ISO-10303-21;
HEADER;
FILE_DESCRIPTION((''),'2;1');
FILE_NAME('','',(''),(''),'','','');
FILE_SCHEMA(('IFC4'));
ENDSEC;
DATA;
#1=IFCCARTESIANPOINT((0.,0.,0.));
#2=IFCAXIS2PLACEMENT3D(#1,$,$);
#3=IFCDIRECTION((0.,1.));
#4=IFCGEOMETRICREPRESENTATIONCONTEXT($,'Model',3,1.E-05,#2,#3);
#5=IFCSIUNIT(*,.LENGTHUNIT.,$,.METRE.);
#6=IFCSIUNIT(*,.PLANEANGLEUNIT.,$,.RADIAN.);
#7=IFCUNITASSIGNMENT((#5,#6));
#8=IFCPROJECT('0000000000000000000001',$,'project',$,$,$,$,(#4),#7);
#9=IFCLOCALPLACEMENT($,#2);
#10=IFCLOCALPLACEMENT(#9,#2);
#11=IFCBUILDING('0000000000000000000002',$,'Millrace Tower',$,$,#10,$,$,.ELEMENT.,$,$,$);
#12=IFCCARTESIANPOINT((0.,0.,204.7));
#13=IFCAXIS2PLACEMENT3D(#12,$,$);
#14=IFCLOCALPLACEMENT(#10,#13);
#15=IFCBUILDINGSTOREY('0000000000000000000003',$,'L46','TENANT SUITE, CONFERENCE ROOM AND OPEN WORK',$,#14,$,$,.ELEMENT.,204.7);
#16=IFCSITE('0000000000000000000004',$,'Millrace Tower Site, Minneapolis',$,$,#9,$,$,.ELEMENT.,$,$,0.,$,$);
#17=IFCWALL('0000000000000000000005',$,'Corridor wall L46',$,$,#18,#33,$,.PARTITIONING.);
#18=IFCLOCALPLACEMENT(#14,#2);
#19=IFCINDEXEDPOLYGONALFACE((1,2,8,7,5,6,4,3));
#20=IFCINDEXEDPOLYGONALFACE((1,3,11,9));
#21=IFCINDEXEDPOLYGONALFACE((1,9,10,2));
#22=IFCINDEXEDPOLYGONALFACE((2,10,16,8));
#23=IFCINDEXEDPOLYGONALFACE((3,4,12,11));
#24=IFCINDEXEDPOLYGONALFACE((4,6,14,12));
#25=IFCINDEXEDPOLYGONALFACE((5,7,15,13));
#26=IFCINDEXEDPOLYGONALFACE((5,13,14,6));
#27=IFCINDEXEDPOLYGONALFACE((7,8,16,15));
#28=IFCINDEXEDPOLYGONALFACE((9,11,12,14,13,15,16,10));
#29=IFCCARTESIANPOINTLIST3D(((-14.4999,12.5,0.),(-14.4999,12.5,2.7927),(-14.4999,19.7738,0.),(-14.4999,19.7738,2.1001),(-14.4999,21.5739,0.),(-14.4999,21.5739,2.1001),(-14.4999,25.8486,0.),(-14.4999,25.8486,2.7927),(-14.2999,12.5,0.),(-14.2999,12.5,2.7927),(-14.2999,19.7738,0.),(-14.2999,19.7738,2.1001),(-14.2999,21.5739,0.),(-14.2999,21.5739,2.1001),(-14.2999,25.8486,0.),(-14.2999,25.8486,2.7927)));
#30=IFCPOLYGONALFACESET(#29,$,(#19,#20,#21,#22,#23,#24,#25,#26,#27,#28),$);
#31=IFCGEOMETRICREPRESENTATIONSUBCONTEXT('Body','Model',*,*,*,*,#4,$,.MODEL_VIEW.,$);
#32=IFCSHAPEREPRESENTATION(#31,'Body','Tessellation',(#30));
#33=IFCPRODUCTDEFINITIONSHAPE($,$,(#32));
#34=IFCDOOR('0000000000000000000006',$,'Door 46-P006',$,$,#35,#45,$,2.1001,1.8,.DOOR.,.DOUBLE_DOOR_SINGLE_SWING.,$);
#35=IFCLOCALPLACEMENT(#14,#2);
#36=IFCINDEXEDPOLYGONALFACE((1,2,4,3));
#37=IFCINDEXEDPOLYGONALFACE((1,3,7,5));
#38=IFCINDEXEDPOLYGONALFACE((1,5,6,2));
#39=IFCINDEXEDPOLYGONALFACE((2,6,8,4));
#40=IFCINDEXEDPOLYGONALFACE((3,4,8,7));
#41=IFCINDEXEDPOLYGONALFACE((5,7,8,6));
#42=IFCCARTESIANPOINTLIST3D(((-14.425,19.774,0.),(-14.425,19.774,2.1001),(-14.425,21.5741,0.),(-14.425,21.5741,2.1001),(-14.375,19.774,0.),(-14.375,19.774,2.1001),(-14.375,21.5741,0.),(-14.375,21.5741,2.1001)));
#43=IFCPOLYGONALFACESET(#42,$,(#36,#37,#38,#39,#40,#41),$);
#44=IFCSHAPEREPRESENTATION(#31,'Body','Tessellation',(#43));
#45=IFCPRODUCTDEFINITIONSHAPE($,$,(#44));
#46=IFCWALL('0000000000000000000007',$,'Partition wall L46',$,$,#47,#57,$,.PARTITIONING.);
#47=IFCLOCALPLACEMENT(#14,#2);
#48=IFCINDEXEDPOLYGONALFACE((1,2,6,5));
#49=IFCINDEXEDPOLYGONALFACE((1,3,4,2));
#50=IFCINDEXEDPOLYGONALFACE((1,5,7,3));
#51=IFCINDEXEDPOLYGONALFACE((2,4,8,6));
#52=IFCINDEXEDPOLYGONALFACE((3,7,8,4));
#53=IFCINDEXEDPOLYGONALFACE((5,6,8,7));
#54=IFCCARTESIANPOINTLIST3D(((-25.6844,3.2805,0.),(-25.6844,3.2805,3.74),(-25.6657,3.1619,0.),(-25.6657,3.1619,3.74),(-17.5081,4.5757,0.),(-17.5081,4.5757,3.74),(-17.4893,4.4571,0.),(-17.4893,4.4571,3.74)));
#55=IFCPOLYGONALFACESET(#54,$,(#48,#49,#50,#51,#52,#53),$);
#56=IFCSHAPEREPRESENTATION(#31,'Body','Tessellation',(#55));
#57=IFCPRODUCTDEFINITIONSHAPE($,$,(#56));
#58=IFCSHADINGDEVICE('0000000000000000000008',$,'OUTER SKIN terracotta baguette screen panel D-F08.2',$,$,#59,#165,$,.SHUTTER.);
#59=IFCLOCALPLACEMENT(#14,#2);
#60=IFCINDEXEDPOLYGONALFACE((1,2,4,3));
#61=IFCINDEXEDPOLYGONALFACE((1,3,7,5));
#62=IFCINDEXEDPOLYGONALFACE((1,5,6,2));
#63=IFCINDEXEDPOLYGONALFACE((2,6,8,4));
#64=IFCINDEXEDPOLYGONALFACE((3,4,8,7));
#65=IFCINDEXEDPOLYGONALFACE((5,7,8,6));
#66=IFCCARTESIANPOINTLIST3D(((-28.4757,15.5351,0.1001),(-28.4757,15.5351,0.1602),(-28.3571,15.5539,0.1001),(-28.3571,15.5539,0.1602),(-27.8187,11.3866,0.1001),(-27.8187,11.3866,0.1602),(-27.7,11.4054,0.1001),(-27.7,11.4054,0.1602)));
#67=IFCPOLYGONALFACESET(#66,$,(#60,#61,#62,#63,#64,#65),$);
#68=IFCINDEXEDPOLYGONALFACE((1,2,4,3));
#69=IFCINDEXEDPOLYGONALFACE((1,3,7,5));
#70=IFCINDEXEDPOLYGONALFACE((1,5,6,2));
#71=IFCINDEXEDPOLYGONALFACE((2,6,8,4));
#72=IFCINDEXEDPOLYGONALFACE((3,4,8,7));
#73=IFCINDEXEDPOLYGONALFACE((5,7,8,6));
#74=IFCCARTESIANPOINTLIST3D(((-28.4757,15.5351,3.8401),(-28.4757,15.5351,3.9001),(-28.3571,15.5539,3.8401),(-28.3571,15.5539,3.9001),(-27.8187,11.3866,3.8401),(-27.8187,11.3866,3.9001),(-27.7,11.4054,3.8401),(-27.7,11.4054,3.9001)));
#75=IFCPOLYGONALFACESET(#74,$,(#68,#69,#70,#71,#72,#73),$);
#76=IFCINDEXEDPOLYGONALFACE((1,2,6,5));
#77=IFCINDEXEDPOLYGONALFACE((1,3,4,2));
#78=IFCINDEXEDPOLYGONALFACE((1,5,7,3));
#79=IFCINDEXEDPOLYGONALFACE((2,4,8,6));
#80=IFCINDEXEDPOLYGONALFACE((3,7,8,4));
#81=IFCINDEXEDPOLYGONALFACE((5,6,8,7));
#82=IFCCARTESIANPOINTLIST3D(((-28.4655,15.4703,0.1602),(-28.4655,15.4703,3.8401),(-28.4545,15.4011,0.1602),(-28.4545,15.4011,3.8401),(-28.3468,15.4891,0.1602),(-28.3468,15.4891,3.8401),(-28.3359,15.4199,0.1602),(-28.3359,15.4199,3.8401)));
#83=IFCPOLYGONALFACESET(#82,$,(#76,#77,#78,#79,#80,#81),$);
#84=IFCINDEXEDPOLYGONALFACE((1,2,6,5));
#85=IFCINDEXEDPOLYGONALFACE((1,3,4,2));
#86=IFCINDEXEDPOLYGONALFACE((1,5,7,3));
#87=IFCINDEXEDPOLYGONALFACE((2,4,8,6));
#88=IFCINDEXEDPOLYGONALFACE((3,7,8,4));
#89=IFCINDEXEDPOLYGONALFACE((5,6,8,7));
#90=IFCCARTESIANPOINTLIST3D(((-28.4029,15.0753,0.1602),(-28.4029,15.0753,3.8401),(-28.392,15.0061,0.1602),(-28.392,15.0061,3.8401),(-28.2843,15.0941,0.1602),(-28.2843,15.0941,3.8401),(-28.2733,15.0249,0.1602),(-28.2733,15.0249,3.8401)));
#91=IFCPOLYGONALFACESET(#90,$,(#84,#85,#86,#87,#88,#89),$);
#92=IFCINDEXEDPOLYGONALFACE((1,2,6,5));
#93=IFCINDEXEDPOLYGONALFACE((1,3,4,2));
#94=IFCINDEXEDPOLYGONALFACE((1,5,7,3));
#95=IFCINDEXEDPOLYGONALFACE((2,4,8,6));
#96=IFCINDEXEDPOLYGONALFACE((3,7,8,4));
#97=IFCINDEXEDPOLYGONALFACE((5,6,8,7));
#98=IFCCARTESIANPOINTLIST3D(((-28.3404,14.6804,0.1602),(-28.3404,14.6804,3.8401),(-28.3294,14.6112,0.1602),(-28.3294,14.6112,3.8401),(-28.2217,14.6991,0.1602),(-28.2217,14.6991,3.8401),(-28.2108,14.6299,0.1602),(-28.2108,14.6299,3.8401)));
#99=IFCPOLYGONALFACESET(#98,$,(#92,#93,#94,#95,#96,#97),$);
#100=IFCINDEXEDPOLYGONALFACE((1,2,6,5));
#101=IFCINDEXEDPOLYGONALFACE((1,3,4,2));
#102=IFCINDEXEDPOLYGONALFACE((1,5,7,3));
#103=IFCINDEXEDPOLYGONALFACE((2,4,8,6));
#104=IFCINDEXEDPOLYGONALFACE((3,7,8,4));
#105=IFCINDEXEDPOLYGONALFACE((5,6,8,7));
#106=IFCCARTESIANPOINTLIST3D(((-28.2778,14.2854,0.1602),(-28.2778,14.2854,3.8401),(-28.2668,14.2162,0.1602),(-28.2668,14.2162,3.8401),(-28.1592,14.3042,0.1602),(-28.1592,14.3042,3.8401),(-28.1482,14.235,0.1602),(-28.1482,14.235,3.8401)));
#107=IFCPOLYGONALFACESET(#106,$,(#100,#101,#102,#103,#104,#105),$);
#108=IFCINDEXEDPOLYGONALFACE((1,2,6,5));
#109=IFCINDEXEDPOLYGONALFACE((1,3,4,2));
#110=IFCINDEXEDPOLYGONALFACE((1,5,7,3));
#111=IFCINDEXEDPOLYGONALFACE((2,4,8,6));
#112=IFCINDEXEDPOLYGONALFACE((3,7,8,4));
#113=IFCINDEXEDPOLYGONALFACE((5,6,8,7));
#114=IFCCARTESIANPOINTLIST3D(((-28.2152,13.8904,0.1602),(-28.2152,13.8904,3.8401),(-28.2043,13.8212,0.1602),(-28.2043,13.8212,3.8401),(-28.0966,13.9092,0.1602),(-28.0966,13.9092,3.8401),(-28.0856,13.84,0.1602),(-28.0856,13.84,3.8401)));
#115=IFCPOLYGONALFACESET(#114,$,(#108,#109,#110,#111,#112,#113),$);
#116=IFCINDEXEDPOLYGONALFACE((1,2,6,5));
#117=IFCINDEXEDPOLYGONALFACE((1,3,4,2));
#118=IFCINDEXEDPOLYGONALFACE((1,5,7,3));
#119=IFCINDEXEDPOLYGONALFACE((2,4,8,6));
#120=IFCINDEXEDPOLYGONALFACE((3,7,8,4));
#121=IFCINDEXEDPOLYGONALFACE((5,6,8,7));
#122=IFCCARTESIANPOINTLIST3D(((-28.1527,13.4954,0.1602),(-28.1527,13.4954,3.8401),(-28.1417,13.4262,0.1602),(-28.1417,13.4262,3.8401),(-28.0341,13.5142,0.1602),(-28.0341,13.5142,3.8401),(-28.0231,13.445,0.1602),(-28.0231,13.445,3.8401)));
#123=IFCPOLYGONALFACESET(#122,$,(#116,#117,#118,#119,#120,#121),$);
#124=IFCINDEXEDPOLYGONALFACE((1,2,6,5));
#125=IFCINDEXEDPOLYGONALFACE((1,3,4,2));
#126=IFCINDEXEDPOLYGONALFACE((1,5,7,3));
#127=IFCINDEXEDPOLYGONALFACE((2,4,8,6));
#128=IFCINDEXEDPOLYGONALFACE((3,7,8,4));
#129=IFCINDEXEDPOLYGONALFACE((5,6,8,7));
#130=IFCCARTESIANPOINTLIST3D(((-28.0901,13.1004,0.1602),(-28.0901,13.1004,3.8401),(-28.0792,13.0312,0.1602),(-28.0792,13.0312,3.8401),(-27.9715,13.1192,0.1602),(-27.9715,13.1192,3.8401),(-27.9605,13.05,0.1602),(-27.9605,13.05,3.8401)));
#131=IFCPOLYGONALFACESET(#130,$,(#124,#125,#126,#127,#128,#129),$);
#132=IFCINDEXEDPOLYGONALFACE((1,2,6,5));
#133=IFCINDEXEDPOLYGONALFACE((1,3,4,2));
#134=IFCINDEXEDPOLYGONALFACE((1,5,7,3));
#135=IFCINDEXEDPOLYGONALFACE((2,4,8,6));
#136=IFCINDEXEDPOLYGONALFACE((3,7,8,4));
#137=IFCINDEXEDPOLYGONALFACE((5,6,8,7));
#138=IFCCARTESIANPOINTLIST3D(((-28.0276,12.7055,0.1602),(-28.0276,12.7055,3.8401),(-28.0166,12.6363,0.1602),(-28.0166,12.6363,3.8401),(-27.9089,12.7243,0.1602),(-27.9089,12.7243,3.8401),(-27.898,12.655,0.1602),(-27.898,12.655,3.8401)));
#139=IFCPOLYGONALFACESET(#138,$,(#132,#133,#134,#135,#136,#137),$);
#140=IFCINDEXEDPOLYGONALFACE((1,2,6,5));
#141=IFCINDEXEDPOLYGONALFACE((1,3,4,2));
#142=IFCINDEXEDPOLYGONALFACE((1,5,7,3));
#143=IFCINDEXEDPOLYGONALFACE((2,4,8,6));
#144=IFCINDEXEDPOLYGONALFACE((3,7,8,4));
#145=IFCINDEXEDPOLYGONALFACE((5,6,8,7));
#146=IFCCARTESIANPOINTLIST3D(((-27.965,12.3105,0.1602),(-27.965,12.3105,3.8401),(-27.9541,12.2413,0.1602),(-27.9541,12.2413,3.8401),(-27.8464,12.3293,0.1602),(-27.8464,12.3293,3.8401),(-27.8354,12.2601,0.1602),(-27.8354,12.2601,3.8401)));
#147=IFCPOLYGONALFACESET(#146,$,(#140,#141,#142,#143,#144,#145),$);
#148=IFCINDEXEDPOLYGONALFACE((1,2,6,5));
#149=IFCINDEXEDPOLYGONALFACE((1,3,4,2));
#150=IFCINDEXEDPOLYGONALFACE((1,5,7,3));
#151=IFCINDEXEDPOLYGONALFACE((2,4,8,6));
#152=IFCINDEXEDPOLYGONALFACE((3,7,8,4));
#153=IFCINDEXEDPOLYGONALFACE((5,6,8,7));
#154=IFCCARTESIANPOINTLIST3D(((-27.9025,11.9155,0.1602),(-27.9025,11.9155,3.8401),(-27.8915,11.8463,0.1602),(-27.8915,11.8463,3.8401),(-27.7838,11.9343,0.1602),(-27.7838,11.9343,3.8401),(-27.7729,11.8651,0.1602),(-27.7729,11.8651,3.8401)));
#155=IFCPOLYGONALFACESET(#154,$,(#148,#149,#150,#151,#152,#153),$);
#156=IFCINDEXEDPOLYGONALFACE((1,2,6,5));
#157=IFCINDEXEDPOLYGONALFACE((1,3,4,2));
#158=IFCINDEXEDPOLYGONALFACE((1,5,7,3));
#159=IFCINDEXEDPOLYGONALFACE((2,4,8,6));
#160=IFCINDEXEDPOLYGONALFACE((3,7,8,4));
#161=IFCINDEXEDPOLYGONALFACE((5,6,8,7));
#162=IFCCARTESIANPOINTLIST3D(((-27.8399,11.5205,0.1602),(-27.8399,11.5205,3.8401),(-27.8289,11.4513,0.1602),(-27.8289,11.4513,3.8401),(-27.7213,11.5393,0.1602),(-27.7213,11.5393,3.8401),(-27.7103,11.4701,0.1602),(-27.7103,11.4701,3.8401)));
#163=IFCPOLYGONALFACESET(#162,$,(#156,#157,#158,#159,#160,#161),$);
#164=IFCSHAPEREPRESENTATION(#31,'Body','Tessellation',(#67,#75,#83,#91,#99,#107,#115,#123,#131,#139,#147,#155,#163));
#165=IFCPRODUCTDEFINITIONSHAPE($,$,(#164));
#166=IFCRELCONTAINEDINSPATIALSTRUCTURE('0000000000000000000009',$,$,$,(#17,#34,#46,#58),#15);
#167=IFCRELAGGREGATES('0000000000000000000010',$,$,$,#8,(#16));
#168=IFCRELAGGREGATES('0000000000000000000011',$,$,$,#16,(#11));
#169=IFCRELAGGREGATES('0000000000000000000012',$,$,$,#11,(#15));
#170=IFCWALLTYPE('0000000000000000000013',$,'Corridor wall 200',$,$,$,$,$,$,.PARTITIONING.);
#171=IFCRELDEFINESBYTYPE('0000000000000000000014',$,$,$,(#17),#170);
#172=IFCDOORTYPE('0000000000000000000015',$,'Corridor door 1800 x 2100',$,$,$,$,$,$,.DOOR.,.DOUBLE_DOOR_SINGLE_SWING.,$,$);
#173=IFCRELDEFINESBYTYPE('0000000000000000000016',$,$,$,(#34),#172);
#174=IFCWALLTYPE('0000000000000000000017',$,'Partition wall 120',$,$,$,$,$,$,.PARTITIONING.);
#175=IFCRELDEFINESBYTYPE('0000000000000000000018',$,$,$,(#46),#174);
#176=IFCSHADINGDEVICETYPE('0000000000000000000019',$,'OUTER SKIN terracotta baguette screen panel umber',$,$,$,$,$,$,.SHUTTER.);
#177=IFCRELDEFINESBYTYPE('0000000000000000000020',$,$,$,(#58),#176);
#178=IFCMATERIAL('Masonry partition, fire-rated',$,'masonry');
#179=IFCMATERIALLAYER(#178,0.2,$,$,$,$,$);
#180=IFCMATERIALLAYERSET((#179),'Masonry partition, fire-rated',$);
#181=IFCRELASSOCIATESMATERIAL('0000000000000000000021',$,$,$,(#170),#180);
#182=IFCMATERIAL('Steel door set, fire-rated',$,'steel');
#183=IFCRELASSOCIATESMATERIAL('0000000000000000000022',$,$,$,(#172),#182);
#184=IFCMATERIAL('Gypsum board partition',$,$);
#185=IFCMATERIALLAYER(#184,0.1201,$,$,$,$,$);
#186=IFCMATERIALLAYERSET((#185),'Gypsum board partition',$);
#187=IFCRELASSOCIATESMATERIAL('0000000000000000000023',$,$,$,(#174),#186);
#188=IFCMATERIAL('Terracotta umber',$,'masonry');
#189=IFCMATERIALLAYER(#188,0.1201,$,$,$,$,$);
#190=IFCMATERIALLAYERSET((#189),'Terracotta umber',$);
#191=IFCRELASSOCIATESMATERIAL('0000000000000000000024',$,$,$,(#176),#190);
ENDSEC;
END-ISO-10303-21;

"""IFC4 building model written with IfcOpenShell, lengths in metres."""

from ifc_helpers import new_model, entity, si_unit, direction, frame, frame_2d, origin, origin_2d, place, context, subcontext, project, spatial, rectangle, extrude, source, transform, mapped, material, layer, layer_set, type_object, element, fill, save


model = new_model("IFC4")

# Units and contexts
model_context = context("Model", 3, precision=1e-05, world=origin(), true_north=direction((0.0, 1.0)))
body_context = subcontext(model_context, "Body", "Model", "MODEL_VIEW")
ifc_project = project(units=[si_unit("LENGTHUNIT", "METRE"), si_unit("PLANEANGLEUNIT", "RADIAN")], contexts=[model_context])

# Site, building, storey
site_placement = place(None, origin())
site = spatial("IfcSite", under=ifc_project, at=site_placement, Name="Millrace Tower Site, Minneapolis", CompositionType="ELEMENT", RefElevation=0.0)
building_placement = place(site_placement, origin())
building = spatial("IfcBuilding", under=site, at=building_placement, Name="Millrace Tower", CompositionType="ELEMENT")
storey_placement = place(building_placement, frame((0.0, 0.0, 204.7)))
storey = spatial("IfcBuildingStorey", under=building, at=storey_placement, Name="L46", Description="TENANT SUITE, CONFERENCE ROOM AND OPEN WORK", CompositionType="ELEMENT", Elevation=204.7)

# Shared definitions
ifc_material_1 = material(Name="Masonry partition, fire-rated", Category="masonry")
ifc_layer_1 = layer(ifc_material_1, 0.2)
ifc_layer_set_1 = layer_set([ifc_layer_1], Name="Masonry partition, fire-rated")
wall_type_1 = type_object("IfcWallType", Name="Corridor wall 200", PredefinedType="PARTITIONING", material=ifc_layer_set_1)
ifc_material_2 = material(Name="Steel door set, fire-rated", Category="steel")
door_type_1 = type_object("IfcDoorType", Name="Corridor door 1800 x 2100", OperationType="DOUBLE_DOOR_SINGLE_SWING", PredefinedType="DOOR", material=ifc_material_2)

# Wall, opening, door
wall_1_placement = place(storey_placement, frame((-14.3999, 12.5, 0.0), z_axis=(0.0, 0.0, 1.0), x_axis=(0.0, 1.0, 0.0)))
wall_1 = element("IfcWall", 1, at=wall_1_placement, inside=storey, type_object=wall_type_1, Name="Corridor wall L46", PredefinedType="PARTITIONING", context=body_context, shape_type="SweptSolid", body=[
    extrude(rectangle(XDim=13.3486, YDim=0.2, at=frame_2d((6.6743, 0.0))), origin(), (0.0, 0.0, 1.0), 2.7927),
])
opening_1_placement = place(wall_1_placement, frame((7.2739, 0.0, 0.0)))
opening_1 = element("IfcOpeningElement", 2, at=opening_1_placement, cuts=wall_1, PredefinedType="OPENING", context=body_context, shape_type="SweptSolid", body=[
    extrude(rectangle(XDim=1.8, YDim=2.1001, at=frame_2d((0.8999, 1.05))), frame((0.0, 0.1099, 0.0), z_axis=(0.0, -1.0, 0.0), x_axis=(1.0, 0.0, 0.0)), (0.0, 0.0, 1.0), 0.22),
])
door_1_placement = place(opening_1_placement, frame((1.8, 0.0, 0.0), z_axis=(0.0, 0.0, 1.0), x_axis=(-1.0, 0.0, 0.0)))
door_1 = element("IfcDoor", 3, at=door_1_placement, inside=storey, type_object=door_type_1, Name="Door 46-P006", OperationType="DOUBLE_DOOR_SINGLE_SWING", OverallHeight=2.1001, OverallWidth=1.8, PredefinedType="DOOR", context=body_context, shape_type="SweptSolid", body=[
    extrude(rectangle(XDim=1.8, YDim=2.1001, at=frame_2d((0.8999, 1.05))), frame((0.0, 0.0249, 0.0), z_axis=(0.0, -1.0, 0.0), x_axis=(1.0, 0.0, 0.0)), (0.0, 0.0, 1.0), 0.05),
])
fill(opening_1, door_1)

# Wall
ifc_material_3 = material(Name="Gypsum board partition")
ifc_layer_2 = layer(ifc_material_3, 0.1201)
ifc_layer_set_2 = layer_set([ifc_layer_2], Name="Gypsum board partition")
wall_type_2 = type_object("IfcWallType", Name="Partition wall 120", PredefinedType="PARTITIONING", material=ifc_layer_set_2)
wall_2_placement = place(storey_placement, frame((-25.675, 3.2212, 0.0), z_axis=(0.0, 0.0, 1.0), x_axis=(0.987685, 0.156455, 0.0)))
element("IfcWall", 4, at=wall_2_placement, inside=storey, type_object=wall_type_2, Name="Partition wall L46", PredefinedType="PARTITIONING", context=body_context, shape_type="SweptSolid", body=[
    extrude(rectangle(XDim=8.2783, YDim=0.1201, at=frame_2d((4.1392, 0.0))), origin(), (0.0, 0.0, 1.0), 3.74),
])

# Shading device
ifc_material_4 = material(Name="Terracotta umber", Category="masonry")
ifc_layer_3 = layer(ifc_material_4, 0.1201)
ifc_layer_set_3 = layer_set([ifc_layer_3], Name="Terracotta umber")
shading_device_type = type_object("IfcShadingDeviceType", Name="OUTER SKIN terracotta baguette screen panel umber", PredefinedType="SHUTTER", material=ifc_layer_set_3)
cartesian_point = entity("IfcCartesianPoint", [-2.1001, 0.0601])
shared_polyline = entity("IfcPolyline", [cartesian_point, entity("IfcCartesianPoint", [2.1001, 0.0601]), entity("IfcCartesianPoint", [2.1001, -0.0601]), entity("IfcCartesianPoint", [-2.1001, -0.0601]), cartesian_point])
shared_shape = source(origin(), body_context, "Body", "SweptSolid", [
    entity("IfcExtrudedAreaSolid", entity("IfcArbitraryClosedProfileDef", "AREA", None, shared_polyline), entity("IfcAxis2Placement3D", entity("IfcCartesianPoint", [0.0, 0.0, 0.0])), entity("IfcDirection", [0.0, 0.0, 1.0]), 0.0601),
    entity("IfcExtrudedAreaSolid", entity("IfcArbitraryClosedProfileDef", "AREA", None, shared_polyline), entity("IfcAxis2Placement3D", entity("IfcCartesianPoint", [0.0, 0.0, 3.74])), entity("IfcDirection", [0.0, 0.0, 1.0]), 0.0601),
    extrude(rectangle(XDim=0.0701, YDim=0.1201, at=frame_2d((-1.9995, 0.0))), frame((0.0, 0.0, 0.0601)), (0.0, 0.0, 1.0), 3.6799),
    extrude(rectangle(XDim=0.0701, YDim=0.1201, at=frame_2d((-1.5996, 0.0))), frame((0.0, 0.0, 0.0601)), (0.0, 0.0, 1.0), 3.6799),
    extrude(rectangle(XDim=0.0701, YDim=0.1201, at=frame_2d((-1.1997, 0.0))), frame((0.0, 0.0, 0.0601)), (0.0, 0.0, 1.0), 3.6799),
    extrude(rectangle(XDim=0.0701, YDim=0.1201, at=frame_2d((-0.7998, 0.0))), frame((0.0, 0.0, 0.0601)), (0.0, 0.0, 1.0), 3.6799),
    extrude(rectangle(XDim=0.0701, YDim=0.1201, at=frame_2d((-0.3999, 0.0))), frame((0.0, 0.0, 0.0601)), (0.0, 0.0, 1.0), 3.6799),
    extrude(rectangle(XDim=0.0701, YDim=0.1201, at=origin_2d()), frame((0.0, 0.0, 0.0601)), (0.0, 0.0, 1.0), 3.6799),
    extrude(rectangle(XDim=0.0701, YDim=0.1201, at=frame_2d((0.3999, 0.0))), frame((0.0, 0.0, 0.0601)), (0.0, 0.0, 1.0), 3.6799),
    extrude(rectangle(XDim=0.0701, YDim=0.1201, at=frame_2d((0.7998, 0.0))), frame((0.0, 0.0, 0.0601)), (0.0, 0.0, 1.0), 3.6799),
    extrude(rectangle(XDim=0.0701, YDim=0.1201, at=frame_2d((1.1997, 0.0))), frame((0.0, 0.0, 0.0601)), (0.0, 0.0, 1.0), 3.6799),
    extrude(rectangle(XDim=0.0701, YDim=0.1201, at=frame_2d((1.5996, 0.0))), frame((0.0, 0.0, 0.0601)), (0.0, 0.0, 1.0), 3.6799),
    extrude(rectangle(XDim=0.0701, YDim=0.1201, at=frame_2d((1.9995, 0.0))), frame((0.0, 0.0, 0.0601)), (0.0, 0.0, 1.0), 3.6799),
])
for number, where, z_axis, x_axis, name in (
    (5, (-28.0879, 13.4702, 0.1001), (0.0, 0.0, 1.0), (0.156434, -0.987688, 0.0), "OUTER SKIN terracotta baguette screen panel D-F08.2"),
):
    element("IfcShadingDevice", number, at=place(storey_placement, frame(where, z_axis=z_axis, x_axis=x_axis)), inside=storey, type_object=shading_device_type, Name=name, PredefinedType="SHUTTER", context=body_context, shape_type="MappedRepresentation", body=[
        mapped(shared_shape, transform((0.0, 0.0, 0.0), scale=1.0)),
    ])

save(model, "model.ifc")
